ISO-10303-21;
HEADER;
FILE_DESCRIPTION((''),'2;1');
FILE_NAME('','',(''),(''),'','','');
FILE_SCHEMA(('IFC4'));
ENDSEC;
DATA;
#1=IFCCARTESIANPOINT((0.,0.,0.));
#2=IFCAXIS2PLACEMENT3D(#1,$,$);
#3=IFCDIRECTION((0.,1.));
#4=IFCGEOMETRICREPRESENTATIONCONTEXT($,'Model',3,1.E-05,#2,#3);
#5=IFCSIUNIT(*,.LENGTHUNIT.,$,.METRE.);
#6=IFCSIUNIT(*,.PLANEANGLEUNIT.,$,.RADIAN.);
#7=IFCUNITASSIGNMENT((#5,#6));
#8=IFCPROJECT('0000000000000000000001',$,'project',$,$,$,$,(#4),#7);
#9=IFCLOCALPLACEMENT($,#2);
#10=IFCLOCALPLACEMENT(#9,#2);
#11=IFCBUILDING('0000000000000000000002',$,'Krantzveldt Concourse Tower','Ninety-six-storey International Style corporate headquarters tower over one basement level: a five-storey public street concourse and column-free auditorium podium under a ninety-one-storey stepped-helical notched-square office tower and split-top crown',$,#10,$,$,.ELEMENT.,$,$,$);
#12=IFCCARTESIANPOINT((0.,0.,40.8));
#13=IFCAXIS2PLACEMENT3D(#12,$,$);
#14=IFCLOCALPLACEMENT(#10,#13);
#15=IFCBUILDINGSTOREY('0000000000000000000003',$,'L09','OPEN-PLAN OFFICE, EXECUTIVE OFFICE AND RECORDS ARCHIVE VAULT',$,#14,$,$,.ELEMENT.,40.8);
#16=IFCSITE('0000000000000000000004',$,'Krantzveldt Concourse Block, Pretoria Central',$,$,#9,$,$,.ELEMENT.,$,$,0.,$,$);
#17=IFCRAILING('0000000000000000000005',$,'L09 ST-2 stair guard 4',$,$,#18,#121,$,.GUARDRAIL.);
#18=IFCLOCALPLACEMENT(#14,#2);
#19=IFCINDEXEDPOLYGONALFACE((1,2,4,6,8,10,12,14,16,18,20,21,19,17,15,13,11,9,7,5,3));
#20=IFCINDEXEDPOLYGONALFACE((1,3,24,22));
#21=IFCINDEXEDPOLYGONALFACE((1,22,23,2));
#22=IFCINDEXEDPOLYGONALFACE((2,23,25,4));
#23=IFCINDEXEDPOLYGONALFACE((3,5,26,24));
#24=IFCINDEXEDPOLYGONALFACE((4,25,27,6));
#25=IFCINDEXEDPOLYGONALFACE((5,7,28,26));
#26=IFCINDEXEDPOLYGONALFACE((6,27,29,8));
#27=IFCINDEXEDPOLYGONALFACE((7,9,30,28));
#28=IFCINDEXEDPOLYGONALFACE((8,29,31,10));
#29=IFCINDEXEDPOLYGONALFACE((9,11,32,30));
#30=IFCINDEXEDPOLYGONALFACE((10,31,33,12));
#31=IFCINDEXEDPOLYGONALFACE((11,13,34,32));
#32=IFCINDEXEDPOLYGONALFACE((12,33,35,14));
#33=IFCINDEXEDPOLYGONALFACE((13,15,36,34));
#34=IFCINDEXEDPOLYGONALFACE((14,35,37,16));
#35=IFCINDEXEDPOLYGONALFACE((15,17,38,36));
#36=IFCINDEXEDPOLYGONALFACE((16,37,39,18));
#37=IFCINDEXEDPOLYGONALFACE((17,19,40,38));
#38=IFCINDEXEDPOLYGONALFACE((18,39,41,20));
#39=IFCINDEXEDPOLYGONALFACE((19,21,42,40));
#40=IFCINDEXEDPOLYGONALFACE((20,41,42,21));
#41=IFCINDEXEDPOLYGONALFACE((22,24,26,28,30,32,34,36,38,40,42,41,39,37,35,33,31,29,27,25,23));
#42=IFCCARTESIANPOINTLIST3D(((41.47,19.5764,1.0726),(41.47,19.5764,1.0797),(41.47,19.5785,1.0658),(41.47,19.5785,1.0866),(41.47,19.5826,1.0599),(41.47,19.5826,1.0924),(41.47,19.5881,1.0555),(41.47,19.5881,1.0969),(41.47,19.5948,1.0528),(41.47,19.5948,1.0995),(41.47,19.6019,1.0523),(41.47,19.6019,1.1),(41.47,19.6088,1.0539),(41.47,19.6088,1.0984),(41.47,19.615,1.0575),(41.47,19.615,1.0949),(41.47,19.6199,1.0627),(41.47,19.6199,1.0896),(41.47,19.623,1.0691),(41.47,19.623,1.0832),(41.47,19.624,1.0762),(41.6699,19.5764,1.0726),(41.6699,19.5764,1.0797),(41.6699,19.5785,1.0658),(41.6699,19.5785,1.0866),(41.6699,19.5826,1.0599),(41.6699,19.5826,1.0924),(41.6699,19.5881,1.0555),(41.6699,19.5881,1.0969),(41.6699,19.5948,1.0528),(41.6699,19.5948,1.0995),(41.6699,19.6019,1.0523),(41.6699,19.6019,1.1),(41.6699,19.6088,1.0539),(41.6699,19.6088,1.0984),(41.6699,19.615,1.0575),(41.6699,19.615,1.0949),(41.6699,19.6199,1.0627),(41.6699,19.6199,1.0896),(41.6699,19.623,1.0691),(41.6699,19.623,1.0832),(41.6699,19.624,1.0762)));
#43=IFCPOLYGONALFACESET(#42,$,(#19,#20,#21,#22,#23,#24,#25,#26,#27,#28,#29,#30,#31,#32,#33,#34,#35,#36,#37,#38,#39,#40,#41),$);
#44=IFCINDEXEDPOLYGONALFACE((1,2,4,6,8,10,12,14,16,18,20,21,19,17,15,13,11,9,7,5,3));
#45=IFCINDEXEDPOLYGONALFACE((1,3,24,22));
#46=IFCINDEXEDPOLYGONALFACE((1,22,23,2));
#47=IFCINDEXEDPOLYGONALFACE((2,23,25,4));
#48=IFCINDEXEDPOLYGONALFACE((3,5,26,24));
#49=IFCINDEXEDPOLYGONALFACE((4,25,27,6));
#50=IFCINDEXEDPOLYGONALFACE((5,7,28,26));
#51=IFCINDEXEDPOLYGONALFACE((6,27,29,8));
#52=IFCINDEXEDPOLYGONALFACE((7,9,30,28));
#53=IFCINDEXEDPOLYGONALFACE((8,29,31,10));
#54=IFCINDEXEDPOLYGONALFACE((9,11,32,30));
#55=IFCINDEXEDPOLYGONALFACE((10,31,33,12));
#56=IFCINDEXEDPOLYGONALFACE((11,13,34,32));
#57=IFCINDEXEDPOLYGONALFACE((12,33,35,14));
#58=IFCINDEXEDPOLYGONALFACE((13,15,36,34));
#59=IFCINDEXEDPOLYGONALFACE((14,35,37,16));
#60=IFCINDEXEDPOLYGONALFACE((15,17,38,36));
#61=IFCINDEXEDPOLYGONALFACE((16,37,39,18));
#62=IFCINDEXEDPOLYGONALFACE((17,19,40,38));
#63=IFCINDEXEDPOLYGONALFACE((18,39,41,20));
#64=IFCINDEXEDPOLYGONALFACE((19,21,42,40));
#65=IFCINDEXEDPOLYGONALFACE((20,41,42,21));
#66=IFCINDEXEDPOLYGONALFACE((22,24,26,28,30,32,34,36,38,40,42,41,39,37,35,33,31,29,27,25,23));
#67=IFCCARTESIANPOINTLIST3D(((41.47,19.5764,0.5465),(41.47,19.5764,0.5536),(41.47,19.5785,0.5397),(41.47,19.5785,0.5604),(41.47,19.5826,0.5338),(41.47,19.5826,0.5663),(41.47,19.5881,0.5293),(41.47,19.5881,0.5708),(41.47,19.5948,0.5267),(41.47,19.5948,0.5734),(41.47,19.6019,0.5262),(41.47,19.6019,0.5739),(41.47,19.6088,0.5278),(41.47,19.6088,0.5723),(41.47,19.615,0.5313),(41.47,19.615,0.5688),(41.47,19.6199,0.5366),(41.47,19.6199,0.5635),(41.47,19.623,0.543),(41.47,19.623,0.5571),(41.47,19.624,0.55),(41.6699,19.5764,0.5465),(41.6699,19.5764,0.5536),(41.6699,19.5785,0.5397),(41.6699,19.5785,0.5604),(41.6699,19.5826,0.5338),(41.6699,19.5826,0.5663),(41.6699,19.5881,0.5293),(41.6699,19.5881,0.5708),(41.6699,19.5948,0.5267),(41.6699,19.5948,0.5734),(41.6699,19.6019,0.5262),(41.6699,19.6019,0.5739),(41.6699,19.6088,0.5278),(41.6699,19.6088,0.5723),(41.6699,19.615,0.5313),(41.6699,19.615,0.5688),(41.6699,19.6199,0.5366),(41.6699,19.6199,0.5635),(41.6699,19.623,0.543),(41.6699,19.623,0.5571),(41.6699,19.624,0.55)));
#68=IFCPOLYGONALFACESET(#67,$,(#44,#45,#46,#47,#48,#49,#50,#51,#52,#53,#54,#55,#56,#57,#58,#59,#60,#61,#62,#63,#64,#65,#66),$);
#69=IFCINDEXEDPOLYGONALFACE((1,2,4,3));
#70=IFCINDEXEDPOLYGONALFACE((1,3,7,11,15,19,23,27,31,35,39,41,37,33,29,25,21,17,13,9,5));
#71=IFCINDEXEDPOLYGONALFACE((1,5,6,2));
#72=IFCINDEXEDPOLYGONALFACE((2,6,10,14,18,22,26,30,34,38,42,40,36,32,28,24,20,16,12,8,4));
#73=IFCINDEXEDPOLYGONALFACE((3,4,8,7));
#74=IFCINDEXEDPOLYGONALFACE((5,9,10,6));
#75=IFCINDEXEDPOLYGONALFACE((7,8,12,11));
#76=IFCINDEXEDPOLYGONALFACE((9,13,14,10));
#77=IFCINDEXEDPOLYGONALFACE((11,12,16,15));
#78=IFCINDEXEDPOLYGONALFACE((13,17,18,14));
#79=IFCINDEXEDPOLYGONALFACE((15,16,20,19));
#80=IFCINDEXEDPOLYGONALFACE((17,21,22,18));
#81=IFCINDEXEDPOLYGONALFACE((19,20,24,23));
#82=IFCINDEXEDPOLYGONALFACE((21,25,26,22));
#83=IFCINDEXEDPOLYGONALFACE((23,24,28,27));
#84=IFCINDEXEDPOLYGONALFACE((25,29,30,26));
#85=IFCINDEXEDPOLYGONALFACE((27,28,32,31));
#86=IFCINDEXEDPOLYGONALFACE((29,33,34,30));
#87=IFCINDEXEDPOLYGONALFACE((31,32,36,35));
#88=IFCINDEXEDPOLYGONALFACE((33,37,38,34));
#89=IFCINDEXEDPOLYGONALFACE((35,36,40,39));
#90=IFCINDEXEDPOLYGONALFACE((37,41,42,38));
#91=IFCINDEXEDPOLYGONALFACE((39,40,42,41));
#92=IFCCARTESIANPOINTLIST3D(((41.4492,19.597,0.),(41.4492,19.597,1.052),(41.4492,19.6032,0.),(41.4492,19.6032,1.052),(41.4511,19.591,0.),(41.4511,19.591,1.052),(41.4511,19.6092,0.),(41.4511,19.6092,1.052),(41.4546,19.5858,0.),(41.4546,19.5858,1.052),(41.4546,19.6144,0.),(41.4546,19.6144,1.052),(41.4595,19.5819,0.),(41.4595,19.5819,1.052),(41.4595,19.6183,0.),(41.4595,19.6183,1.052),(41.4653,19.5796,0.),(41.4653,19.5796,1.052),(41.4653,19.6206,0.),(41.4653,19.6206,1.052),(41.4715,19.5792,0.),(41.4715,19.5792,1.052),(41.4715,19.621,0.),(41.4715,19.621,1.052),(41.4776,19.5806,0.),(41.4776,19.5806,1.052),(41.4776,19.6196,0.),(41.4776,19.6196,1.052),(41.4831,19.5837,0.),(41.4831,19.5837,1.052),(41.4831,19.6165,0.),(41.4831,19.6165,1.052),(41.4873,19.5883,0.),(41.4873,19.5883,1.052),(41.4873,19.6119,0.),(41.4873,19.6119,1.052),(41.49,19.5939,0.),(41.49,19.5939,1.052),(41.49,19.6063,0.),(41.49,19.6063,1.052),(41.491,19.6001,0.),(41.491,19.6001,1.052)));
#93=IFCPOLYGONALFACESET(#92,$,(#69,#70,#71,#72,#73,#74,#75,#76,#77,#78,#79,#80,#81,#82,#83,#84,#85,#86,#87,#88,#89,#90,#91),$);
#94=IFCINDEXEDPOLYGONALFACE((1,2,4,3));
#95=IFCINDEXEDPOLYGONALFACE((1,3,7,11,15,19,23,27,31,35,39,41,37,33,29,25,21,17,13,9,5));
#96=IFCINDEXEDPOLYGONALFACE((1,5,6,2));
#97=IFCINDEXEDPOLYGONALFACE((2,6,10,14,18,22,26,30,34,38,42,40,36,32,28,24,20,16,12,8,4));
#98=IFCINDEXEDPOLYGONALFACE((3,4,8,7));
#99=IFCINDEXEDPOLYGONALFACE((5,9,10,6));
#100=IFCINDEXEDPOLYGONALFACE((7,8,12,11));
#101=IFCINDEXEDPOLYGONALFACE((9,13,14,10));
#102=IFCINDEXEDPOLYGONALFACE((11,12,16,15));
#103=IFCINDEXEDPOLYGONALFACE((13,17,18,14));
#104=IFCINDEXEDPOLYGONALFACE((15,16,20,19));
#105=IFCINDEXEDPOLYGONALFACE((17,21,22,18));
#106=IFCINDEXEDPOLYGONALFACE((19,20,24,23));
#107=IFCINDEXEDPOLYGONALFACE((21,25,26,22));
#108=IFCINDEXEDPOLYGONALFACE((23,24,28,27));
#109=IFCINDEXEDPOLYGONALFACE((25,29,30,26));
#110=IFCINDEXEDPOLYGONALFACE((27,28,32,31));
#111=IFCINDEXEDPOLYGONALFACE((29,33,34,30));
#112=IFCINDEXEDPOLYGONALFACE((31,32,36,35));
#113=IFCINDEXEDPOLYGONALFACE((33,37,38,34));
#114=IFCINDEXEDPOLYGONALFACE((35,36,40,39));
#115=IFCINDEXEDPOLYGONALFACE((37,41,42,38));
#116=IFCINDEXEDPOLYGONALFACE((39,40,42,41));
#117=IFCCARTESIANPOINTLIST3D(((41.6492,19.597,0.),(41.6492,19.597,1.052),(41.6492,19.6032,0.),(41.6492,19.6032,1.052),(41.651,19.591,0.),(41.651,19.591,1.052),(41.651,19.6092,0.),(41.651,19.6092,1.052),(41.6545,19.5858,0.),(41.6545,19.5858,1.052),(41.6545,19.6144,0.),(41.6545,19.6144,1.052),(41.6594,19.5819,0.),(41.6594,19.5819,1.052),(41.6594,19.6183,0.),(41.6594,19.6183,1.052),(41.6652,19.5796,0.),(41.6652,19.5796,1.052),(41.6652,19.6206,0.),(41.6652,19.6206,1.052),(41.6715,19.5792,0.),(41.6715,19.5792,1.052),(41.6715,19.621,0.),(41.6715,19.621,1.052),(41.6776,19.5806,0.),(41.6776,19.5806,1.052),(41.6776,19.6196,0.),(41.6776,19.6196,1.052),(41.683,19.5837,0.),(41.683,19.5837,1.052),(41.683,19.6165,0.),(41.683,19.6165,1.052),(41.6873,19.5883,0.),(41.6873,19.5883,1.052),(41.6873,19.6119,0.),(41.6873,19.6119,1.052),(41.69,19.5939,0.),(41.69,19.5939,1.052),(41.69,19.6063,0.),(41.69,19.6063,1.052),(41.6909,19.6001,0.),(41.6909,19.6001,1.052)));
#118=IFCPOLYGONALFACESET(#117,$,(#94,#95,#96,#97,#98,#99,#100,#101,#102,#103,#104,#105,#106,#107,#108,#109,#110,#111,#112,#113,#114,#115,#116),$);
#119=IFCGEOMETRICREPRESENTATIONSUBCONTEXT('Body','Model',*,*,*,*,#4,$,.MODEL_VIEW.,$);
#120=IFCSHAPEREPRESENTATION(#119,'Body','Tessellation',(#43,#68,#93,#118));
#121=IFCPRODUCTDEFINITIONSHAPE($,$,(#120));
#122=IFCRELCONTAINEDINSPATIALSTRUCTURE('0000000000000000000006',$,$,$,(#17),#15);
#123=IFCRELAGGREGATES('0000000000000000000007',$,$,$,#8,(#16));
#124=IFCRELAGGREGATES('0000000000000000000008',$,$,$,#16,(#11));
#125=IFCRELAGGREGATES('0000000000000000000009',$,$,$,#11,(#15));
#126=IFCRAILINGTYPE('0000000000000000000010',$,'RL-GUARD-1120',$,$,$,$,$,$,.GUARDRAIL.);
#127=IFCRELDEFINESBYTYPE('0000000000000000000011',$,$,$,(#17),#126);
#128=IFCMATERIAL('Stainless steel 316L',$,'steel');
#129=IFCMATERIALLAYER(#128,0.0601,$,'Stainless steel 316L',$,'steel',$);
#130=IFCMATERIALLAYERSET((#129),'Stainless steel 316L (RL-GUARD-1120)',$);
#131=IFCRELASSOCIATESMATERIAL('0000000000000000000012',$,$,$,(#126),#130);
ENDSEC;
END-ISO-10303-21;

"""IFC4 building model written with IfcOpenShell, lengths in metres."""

from ifc_helpers import new_model, si_unit, direction, frame, origin, origin_2d, place, context, subcontext, project, spatial, circle, extrude, material, layer, layer_set, type_object, element, save


model = new_model("IFC4")

# Units and contexts
model_context = context("Model", 3, precision=1e-05, world=origin(), true_north=direction((0.0, 1.0)))
body_context = subcontext(model_context, "Body", "Model", "MODEL_VIEW")
ifc_project = project(units=[si_unit("LENGTHUNIT", "METRE"), si_unit("PLANEANGLEUNIT", "RADIAN")], contexts=[model_context])

# Site, building, storey
site_placement = place(None, origin())
site = spatial("IfcSite", under=ifc_project, at=site_placement, Name="Krantzveldt Concourse Block, Pretoria Central", CompositionType="ELEMENT", RefElevation=0.0)
building_placement = place(site_placement, origin())
building = spatial("IfcBuilding", under=site, at=building_placement, Name="Krantzveldt Concourse Tower", Description="Ninety-six-storey International Style corporate headquarters tower over one basement level: a five-storey public street concourse and column-free auditorium podium under a ninety-one-storey stepped-helical notched-square office tower and split-top crown", CompositionType="ELEMENT")
storey_placement = place(building_placement, frame((0.0, 0.0, 40.8)))
storey = spatial("IfcBuildingStorey", under=building, at=storey_placement, Name="L09", Description="OPEN-PLAN OFFICE, EXECUTIVE OFFICE AND RECORDS ARCHIVE VAULT", CompositionType="ELEMENT", Elevation=40.8)

# Shared definitions
ifc_material_1 = material(Name="Stainless steel 316L", Category="steel")

# Railing
ifc_layer_1 = layer(ifc_material_1, 0.0601, Name="Stainless steel 316L", Category="steel")
ifc_layer_set_1 = layer_set([ifc_layer_1], Name="Stainless steel 316L (RL-GUARD-1120)")
railing_type_1 = type_object("IfcRailingType", Name="RL-GUARD-1120", PredefinedType="GUARDRAIL", material=ifc_layer_set_1)
railing_1_placement = place(storey_placement, frame((41.47, 19.6001, 0.0)))
element("IfcRailing", 1, at=railing_1_placement, inside=storey, type_object=railing_type_1, Name="L09 ST-2 stair guard 4", PredefinedType="GUARDRAIL", context=body_context, shape_type="SweptSolid", body=[
    extrude(circle(Radius=0.0239, at=origin_2d()), frame((0.0, 0.0, 1.0762), z_axis=(1.0, 0.0, 0.0), x_axis=(0.0, 1.0, 0.0)), (0.0, 0.0, 1.0), 0.2),
    extrude(circle(Radius=0.0239, at=origin_2d()), frame((0.0, 0.0, 0.55), z_axis=(1.0, 0.0, 0.0), x_axis=(0.0, 1.0, 0.0)), (0.0, 0.0, 1.0), 0.2),
    extrude(circle(Radius=0.021, at=origin_2d()), origin(), (0.0, 0.0, 1.0), 1.052),
    extrude(circle(Radius=0.021, at=origin_2d()), frame((0.2, 0.0, 0.0)), (0.0, 0.0, 1.0), 1.052),
])

save(model, "model.ifc")
